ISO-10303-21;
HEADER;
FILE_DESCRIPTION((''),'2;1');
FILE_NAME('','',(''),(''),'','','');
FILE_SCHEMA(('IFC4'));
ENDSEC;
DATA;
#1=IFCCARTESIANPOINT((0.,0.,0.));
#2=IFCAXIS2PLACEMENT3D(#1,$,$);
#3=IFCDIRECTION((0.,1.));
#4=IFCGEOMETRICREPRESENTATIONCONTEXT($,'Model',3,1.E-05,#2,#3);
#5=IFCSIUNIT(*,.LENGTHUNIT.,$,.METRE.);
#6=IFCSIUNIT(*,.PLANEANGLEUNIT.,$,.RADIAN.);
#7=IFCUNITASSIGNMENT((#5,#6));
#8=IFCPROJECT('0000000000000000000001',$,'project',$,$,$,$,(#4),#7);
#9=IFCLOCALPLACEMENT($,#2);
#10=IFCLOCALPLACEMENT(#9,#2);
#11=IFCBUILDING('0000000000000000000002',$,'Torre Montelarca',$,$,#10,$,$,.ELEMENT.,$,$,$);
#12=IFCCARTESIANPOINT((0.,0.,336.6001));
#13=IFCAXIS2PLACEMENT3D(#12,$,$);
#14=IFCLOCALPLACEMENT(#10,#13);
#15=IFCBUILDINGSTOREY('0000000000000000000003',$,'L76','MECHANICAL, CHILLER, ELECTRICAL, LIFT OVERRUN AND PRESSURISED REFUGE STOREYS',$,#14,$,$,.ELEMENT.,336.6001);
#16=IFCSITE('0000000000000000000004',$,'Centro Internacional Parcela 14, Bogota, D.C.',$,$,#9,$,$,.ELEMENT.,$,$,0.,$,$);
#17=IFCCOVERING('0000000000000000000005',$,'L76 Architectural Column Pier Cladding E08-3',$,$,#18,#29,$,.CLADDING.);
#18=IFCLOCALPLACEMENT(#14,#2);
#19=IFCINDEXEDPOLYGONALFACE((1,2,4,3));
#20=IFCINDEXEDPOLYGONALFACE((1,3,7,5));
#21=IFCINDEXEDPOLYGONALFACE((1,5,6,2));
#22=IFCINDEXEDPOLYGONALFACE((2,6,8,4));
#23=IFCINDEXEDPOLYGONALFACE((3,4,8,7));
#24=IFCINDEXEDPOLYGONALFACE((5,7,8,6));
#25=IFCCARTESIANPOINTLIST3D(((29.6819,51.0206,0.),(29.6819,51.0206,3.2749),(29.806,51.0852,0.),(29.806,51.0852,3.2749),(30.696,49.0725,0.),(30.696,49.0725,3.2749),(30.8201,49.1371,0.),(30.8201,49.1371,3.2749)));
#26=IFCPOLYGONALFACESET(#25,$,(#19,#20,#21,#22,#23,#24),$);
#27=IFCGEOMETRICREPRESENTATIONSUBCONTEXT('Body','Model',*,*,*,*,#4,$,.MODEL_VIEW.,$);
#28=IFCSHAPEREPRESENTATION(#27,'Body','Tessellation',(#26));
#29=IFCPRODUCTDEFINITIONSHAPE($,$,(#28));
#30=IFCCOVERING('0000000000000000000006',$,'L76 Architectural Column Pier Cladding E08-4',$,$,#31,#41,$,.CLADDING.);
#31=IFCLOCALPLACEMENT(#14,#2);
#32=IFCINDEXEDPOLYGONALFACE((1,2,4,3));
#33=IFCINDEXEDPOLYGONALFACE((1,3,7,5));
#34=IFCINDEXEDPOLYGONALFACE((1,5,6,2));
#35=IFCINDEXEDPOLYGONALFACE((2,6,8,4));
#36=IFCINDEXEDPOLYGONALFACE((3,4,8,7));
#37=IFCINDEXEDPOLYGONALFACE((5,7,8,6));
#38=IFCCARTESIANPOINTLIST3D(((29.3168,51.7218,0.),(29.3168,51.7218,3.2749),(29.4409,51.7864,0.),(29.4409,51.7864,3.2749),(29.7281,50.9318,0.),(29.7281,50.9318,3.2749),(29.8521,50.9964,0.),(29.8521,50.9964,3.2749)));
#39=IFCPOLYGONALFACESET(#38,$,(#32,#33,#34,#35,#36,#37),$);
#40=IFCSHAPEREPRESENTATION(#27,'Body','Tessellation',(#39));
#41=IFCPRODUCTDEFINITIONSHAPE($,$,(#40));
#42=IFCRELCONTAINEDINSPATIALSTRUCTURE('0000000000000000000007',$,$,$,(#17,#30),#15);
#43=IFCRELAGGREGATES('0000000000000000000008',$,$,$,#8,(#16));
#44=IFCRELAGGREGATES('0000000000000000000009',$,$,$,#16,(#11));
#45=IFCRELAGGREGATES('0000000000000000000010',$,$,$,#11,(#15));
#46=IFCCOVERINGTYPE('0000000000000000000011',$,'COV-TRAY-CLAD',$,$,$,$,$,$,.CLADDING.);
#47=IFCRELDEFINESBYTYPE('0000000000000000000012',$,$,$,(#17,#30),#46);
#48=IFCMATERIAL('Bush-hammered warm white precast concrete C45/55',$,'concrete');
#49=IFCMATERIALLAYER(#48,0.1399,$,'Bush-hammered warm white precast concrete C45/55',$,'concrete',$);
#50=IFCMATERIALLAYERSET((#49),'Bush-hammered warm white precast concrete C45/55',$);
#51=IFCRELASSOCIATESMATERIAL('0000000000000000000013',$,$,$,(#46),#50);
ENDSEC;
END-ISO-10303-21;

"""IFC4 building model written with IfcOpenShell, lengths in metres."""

from ifc_helpers import new_model, si_unit, direction, frame, origin, origin_2d, place, context, subcontext, project, spatial, rectangle, extrude, source, transform, mapped, material, layer, layer_set, type_object, element, save


model = new_model("IFC4")

# Units and contexts
model_context = context("Model", 3, precision=1e-05, world=origin(), true_north=direction((0.0, 1.0)))
body_context = subcontext(model_context, "Body", "Model", "MODEL_VIEW")
ifc_project = project(units=[si_unit("LENGTHUNIT", "METRE"), si_unit("PLANEANGLEUNIT", "RADIAN")], contexts=[model_context])

# Site, building, storey
site_placement = place(None, origin())
site = spatial("IfcSite", under=ifc_project, at=site_placement, Name="Centro Internacional Parcela 14, Bogota, D.C.", CompositionType="ELEMENT", RefElevation=0.0)
building_placement = place(site_placement, origin())
building = spatial("IfcBuilding", under=site, at=building_placement, Name="Torre Montelarca", CompositionType="ELEMENT")
storey_placement = place(building_placement, frame((0.0, 0.0, 336.6001)))
storey = spatial("IfcBuildingStorey", under=building, at=storey_placement, Name="L76", Description="MECHANICAL, CHILLER, ELECTRICAL, LIFT OVERRUN AND PRESSURISED REFUGE STOREYS", CompositionType="ELEMENT", Elevation=336.6001)

# Coverings
ifc_material_1 = material(Name="Bush-hammered warm white precast concrete C45/55", Category="concrete")
ifc_layer_1 = layer(ifc_material_1, 0.1399, Name="Bush-hammered warm white precast concrete C45/55", Category="concrete")
ifc_layer_set_1 = layer_set([ifc_layer_1], Name="Bush-hammered warm white precast concrete C45/55")
covering_type = type_object("IfcCoveringType", Name="COV-TRAY-CLAD", PredefinedType="CLADDING", material=ifc_layer_set_1)
shared_shape_1 = source(origin(), body_context, "Body", "SweptSolid", [
    extrude(rectangle(XDim=2.1963, YDim=0.1399, at=origin_2d()), origin(), (0.0, 0.0, 1.0), 3.2749),
])
covering_1_placement = place(storey_placement, frame((30.251, 50.0789, 0.0), z_axis=(0.0, 0.0, 1.0), x_axis=(-0.461747, 0.887012, 0.0)))
element("IfcCovering", 1, at=covering_1_placement, inside=storey, type_object=covering_type, Name="L76 Architectural Column Pier Cladding E08-3", PredefinedType="CLADDING", context=body_context, shape_type="MappedRepresentation", body=[
    mapped(shared_shape_1, transform((0.0, 0.0, 0.0), scale=1.0)),
])
shared_shape_2 = source(origin(), body_context, "Body", "SweptSolid", [
    extrude(rectangle(XDim=0.8906, YDim=0.1399, at=origin_2d()), origin(), (0.0, 0.0, 1.0), 3.2749),
])
covering_2_placement = place(storey_placement, frame((29.5845, 51.3591, 0.0), z_axis=(0.0, 0.0, 1.0), x_axis=(-0.461747, 0.887012, 0.0)))
element("IfcCovering", 2, at=covering_2_placement, inside=storey, type_object=covering_type, Name="L76 Architectural Column Pier Cladding E08-4", PredefinedType="CLADDING", context=body_context, shape_type="MappedRepresentation", body=[
    mapped(shared_shape_2, transform((0.0, 0.0, 0.0), scale=1.0)),
])

save(model, "model.ifc")
